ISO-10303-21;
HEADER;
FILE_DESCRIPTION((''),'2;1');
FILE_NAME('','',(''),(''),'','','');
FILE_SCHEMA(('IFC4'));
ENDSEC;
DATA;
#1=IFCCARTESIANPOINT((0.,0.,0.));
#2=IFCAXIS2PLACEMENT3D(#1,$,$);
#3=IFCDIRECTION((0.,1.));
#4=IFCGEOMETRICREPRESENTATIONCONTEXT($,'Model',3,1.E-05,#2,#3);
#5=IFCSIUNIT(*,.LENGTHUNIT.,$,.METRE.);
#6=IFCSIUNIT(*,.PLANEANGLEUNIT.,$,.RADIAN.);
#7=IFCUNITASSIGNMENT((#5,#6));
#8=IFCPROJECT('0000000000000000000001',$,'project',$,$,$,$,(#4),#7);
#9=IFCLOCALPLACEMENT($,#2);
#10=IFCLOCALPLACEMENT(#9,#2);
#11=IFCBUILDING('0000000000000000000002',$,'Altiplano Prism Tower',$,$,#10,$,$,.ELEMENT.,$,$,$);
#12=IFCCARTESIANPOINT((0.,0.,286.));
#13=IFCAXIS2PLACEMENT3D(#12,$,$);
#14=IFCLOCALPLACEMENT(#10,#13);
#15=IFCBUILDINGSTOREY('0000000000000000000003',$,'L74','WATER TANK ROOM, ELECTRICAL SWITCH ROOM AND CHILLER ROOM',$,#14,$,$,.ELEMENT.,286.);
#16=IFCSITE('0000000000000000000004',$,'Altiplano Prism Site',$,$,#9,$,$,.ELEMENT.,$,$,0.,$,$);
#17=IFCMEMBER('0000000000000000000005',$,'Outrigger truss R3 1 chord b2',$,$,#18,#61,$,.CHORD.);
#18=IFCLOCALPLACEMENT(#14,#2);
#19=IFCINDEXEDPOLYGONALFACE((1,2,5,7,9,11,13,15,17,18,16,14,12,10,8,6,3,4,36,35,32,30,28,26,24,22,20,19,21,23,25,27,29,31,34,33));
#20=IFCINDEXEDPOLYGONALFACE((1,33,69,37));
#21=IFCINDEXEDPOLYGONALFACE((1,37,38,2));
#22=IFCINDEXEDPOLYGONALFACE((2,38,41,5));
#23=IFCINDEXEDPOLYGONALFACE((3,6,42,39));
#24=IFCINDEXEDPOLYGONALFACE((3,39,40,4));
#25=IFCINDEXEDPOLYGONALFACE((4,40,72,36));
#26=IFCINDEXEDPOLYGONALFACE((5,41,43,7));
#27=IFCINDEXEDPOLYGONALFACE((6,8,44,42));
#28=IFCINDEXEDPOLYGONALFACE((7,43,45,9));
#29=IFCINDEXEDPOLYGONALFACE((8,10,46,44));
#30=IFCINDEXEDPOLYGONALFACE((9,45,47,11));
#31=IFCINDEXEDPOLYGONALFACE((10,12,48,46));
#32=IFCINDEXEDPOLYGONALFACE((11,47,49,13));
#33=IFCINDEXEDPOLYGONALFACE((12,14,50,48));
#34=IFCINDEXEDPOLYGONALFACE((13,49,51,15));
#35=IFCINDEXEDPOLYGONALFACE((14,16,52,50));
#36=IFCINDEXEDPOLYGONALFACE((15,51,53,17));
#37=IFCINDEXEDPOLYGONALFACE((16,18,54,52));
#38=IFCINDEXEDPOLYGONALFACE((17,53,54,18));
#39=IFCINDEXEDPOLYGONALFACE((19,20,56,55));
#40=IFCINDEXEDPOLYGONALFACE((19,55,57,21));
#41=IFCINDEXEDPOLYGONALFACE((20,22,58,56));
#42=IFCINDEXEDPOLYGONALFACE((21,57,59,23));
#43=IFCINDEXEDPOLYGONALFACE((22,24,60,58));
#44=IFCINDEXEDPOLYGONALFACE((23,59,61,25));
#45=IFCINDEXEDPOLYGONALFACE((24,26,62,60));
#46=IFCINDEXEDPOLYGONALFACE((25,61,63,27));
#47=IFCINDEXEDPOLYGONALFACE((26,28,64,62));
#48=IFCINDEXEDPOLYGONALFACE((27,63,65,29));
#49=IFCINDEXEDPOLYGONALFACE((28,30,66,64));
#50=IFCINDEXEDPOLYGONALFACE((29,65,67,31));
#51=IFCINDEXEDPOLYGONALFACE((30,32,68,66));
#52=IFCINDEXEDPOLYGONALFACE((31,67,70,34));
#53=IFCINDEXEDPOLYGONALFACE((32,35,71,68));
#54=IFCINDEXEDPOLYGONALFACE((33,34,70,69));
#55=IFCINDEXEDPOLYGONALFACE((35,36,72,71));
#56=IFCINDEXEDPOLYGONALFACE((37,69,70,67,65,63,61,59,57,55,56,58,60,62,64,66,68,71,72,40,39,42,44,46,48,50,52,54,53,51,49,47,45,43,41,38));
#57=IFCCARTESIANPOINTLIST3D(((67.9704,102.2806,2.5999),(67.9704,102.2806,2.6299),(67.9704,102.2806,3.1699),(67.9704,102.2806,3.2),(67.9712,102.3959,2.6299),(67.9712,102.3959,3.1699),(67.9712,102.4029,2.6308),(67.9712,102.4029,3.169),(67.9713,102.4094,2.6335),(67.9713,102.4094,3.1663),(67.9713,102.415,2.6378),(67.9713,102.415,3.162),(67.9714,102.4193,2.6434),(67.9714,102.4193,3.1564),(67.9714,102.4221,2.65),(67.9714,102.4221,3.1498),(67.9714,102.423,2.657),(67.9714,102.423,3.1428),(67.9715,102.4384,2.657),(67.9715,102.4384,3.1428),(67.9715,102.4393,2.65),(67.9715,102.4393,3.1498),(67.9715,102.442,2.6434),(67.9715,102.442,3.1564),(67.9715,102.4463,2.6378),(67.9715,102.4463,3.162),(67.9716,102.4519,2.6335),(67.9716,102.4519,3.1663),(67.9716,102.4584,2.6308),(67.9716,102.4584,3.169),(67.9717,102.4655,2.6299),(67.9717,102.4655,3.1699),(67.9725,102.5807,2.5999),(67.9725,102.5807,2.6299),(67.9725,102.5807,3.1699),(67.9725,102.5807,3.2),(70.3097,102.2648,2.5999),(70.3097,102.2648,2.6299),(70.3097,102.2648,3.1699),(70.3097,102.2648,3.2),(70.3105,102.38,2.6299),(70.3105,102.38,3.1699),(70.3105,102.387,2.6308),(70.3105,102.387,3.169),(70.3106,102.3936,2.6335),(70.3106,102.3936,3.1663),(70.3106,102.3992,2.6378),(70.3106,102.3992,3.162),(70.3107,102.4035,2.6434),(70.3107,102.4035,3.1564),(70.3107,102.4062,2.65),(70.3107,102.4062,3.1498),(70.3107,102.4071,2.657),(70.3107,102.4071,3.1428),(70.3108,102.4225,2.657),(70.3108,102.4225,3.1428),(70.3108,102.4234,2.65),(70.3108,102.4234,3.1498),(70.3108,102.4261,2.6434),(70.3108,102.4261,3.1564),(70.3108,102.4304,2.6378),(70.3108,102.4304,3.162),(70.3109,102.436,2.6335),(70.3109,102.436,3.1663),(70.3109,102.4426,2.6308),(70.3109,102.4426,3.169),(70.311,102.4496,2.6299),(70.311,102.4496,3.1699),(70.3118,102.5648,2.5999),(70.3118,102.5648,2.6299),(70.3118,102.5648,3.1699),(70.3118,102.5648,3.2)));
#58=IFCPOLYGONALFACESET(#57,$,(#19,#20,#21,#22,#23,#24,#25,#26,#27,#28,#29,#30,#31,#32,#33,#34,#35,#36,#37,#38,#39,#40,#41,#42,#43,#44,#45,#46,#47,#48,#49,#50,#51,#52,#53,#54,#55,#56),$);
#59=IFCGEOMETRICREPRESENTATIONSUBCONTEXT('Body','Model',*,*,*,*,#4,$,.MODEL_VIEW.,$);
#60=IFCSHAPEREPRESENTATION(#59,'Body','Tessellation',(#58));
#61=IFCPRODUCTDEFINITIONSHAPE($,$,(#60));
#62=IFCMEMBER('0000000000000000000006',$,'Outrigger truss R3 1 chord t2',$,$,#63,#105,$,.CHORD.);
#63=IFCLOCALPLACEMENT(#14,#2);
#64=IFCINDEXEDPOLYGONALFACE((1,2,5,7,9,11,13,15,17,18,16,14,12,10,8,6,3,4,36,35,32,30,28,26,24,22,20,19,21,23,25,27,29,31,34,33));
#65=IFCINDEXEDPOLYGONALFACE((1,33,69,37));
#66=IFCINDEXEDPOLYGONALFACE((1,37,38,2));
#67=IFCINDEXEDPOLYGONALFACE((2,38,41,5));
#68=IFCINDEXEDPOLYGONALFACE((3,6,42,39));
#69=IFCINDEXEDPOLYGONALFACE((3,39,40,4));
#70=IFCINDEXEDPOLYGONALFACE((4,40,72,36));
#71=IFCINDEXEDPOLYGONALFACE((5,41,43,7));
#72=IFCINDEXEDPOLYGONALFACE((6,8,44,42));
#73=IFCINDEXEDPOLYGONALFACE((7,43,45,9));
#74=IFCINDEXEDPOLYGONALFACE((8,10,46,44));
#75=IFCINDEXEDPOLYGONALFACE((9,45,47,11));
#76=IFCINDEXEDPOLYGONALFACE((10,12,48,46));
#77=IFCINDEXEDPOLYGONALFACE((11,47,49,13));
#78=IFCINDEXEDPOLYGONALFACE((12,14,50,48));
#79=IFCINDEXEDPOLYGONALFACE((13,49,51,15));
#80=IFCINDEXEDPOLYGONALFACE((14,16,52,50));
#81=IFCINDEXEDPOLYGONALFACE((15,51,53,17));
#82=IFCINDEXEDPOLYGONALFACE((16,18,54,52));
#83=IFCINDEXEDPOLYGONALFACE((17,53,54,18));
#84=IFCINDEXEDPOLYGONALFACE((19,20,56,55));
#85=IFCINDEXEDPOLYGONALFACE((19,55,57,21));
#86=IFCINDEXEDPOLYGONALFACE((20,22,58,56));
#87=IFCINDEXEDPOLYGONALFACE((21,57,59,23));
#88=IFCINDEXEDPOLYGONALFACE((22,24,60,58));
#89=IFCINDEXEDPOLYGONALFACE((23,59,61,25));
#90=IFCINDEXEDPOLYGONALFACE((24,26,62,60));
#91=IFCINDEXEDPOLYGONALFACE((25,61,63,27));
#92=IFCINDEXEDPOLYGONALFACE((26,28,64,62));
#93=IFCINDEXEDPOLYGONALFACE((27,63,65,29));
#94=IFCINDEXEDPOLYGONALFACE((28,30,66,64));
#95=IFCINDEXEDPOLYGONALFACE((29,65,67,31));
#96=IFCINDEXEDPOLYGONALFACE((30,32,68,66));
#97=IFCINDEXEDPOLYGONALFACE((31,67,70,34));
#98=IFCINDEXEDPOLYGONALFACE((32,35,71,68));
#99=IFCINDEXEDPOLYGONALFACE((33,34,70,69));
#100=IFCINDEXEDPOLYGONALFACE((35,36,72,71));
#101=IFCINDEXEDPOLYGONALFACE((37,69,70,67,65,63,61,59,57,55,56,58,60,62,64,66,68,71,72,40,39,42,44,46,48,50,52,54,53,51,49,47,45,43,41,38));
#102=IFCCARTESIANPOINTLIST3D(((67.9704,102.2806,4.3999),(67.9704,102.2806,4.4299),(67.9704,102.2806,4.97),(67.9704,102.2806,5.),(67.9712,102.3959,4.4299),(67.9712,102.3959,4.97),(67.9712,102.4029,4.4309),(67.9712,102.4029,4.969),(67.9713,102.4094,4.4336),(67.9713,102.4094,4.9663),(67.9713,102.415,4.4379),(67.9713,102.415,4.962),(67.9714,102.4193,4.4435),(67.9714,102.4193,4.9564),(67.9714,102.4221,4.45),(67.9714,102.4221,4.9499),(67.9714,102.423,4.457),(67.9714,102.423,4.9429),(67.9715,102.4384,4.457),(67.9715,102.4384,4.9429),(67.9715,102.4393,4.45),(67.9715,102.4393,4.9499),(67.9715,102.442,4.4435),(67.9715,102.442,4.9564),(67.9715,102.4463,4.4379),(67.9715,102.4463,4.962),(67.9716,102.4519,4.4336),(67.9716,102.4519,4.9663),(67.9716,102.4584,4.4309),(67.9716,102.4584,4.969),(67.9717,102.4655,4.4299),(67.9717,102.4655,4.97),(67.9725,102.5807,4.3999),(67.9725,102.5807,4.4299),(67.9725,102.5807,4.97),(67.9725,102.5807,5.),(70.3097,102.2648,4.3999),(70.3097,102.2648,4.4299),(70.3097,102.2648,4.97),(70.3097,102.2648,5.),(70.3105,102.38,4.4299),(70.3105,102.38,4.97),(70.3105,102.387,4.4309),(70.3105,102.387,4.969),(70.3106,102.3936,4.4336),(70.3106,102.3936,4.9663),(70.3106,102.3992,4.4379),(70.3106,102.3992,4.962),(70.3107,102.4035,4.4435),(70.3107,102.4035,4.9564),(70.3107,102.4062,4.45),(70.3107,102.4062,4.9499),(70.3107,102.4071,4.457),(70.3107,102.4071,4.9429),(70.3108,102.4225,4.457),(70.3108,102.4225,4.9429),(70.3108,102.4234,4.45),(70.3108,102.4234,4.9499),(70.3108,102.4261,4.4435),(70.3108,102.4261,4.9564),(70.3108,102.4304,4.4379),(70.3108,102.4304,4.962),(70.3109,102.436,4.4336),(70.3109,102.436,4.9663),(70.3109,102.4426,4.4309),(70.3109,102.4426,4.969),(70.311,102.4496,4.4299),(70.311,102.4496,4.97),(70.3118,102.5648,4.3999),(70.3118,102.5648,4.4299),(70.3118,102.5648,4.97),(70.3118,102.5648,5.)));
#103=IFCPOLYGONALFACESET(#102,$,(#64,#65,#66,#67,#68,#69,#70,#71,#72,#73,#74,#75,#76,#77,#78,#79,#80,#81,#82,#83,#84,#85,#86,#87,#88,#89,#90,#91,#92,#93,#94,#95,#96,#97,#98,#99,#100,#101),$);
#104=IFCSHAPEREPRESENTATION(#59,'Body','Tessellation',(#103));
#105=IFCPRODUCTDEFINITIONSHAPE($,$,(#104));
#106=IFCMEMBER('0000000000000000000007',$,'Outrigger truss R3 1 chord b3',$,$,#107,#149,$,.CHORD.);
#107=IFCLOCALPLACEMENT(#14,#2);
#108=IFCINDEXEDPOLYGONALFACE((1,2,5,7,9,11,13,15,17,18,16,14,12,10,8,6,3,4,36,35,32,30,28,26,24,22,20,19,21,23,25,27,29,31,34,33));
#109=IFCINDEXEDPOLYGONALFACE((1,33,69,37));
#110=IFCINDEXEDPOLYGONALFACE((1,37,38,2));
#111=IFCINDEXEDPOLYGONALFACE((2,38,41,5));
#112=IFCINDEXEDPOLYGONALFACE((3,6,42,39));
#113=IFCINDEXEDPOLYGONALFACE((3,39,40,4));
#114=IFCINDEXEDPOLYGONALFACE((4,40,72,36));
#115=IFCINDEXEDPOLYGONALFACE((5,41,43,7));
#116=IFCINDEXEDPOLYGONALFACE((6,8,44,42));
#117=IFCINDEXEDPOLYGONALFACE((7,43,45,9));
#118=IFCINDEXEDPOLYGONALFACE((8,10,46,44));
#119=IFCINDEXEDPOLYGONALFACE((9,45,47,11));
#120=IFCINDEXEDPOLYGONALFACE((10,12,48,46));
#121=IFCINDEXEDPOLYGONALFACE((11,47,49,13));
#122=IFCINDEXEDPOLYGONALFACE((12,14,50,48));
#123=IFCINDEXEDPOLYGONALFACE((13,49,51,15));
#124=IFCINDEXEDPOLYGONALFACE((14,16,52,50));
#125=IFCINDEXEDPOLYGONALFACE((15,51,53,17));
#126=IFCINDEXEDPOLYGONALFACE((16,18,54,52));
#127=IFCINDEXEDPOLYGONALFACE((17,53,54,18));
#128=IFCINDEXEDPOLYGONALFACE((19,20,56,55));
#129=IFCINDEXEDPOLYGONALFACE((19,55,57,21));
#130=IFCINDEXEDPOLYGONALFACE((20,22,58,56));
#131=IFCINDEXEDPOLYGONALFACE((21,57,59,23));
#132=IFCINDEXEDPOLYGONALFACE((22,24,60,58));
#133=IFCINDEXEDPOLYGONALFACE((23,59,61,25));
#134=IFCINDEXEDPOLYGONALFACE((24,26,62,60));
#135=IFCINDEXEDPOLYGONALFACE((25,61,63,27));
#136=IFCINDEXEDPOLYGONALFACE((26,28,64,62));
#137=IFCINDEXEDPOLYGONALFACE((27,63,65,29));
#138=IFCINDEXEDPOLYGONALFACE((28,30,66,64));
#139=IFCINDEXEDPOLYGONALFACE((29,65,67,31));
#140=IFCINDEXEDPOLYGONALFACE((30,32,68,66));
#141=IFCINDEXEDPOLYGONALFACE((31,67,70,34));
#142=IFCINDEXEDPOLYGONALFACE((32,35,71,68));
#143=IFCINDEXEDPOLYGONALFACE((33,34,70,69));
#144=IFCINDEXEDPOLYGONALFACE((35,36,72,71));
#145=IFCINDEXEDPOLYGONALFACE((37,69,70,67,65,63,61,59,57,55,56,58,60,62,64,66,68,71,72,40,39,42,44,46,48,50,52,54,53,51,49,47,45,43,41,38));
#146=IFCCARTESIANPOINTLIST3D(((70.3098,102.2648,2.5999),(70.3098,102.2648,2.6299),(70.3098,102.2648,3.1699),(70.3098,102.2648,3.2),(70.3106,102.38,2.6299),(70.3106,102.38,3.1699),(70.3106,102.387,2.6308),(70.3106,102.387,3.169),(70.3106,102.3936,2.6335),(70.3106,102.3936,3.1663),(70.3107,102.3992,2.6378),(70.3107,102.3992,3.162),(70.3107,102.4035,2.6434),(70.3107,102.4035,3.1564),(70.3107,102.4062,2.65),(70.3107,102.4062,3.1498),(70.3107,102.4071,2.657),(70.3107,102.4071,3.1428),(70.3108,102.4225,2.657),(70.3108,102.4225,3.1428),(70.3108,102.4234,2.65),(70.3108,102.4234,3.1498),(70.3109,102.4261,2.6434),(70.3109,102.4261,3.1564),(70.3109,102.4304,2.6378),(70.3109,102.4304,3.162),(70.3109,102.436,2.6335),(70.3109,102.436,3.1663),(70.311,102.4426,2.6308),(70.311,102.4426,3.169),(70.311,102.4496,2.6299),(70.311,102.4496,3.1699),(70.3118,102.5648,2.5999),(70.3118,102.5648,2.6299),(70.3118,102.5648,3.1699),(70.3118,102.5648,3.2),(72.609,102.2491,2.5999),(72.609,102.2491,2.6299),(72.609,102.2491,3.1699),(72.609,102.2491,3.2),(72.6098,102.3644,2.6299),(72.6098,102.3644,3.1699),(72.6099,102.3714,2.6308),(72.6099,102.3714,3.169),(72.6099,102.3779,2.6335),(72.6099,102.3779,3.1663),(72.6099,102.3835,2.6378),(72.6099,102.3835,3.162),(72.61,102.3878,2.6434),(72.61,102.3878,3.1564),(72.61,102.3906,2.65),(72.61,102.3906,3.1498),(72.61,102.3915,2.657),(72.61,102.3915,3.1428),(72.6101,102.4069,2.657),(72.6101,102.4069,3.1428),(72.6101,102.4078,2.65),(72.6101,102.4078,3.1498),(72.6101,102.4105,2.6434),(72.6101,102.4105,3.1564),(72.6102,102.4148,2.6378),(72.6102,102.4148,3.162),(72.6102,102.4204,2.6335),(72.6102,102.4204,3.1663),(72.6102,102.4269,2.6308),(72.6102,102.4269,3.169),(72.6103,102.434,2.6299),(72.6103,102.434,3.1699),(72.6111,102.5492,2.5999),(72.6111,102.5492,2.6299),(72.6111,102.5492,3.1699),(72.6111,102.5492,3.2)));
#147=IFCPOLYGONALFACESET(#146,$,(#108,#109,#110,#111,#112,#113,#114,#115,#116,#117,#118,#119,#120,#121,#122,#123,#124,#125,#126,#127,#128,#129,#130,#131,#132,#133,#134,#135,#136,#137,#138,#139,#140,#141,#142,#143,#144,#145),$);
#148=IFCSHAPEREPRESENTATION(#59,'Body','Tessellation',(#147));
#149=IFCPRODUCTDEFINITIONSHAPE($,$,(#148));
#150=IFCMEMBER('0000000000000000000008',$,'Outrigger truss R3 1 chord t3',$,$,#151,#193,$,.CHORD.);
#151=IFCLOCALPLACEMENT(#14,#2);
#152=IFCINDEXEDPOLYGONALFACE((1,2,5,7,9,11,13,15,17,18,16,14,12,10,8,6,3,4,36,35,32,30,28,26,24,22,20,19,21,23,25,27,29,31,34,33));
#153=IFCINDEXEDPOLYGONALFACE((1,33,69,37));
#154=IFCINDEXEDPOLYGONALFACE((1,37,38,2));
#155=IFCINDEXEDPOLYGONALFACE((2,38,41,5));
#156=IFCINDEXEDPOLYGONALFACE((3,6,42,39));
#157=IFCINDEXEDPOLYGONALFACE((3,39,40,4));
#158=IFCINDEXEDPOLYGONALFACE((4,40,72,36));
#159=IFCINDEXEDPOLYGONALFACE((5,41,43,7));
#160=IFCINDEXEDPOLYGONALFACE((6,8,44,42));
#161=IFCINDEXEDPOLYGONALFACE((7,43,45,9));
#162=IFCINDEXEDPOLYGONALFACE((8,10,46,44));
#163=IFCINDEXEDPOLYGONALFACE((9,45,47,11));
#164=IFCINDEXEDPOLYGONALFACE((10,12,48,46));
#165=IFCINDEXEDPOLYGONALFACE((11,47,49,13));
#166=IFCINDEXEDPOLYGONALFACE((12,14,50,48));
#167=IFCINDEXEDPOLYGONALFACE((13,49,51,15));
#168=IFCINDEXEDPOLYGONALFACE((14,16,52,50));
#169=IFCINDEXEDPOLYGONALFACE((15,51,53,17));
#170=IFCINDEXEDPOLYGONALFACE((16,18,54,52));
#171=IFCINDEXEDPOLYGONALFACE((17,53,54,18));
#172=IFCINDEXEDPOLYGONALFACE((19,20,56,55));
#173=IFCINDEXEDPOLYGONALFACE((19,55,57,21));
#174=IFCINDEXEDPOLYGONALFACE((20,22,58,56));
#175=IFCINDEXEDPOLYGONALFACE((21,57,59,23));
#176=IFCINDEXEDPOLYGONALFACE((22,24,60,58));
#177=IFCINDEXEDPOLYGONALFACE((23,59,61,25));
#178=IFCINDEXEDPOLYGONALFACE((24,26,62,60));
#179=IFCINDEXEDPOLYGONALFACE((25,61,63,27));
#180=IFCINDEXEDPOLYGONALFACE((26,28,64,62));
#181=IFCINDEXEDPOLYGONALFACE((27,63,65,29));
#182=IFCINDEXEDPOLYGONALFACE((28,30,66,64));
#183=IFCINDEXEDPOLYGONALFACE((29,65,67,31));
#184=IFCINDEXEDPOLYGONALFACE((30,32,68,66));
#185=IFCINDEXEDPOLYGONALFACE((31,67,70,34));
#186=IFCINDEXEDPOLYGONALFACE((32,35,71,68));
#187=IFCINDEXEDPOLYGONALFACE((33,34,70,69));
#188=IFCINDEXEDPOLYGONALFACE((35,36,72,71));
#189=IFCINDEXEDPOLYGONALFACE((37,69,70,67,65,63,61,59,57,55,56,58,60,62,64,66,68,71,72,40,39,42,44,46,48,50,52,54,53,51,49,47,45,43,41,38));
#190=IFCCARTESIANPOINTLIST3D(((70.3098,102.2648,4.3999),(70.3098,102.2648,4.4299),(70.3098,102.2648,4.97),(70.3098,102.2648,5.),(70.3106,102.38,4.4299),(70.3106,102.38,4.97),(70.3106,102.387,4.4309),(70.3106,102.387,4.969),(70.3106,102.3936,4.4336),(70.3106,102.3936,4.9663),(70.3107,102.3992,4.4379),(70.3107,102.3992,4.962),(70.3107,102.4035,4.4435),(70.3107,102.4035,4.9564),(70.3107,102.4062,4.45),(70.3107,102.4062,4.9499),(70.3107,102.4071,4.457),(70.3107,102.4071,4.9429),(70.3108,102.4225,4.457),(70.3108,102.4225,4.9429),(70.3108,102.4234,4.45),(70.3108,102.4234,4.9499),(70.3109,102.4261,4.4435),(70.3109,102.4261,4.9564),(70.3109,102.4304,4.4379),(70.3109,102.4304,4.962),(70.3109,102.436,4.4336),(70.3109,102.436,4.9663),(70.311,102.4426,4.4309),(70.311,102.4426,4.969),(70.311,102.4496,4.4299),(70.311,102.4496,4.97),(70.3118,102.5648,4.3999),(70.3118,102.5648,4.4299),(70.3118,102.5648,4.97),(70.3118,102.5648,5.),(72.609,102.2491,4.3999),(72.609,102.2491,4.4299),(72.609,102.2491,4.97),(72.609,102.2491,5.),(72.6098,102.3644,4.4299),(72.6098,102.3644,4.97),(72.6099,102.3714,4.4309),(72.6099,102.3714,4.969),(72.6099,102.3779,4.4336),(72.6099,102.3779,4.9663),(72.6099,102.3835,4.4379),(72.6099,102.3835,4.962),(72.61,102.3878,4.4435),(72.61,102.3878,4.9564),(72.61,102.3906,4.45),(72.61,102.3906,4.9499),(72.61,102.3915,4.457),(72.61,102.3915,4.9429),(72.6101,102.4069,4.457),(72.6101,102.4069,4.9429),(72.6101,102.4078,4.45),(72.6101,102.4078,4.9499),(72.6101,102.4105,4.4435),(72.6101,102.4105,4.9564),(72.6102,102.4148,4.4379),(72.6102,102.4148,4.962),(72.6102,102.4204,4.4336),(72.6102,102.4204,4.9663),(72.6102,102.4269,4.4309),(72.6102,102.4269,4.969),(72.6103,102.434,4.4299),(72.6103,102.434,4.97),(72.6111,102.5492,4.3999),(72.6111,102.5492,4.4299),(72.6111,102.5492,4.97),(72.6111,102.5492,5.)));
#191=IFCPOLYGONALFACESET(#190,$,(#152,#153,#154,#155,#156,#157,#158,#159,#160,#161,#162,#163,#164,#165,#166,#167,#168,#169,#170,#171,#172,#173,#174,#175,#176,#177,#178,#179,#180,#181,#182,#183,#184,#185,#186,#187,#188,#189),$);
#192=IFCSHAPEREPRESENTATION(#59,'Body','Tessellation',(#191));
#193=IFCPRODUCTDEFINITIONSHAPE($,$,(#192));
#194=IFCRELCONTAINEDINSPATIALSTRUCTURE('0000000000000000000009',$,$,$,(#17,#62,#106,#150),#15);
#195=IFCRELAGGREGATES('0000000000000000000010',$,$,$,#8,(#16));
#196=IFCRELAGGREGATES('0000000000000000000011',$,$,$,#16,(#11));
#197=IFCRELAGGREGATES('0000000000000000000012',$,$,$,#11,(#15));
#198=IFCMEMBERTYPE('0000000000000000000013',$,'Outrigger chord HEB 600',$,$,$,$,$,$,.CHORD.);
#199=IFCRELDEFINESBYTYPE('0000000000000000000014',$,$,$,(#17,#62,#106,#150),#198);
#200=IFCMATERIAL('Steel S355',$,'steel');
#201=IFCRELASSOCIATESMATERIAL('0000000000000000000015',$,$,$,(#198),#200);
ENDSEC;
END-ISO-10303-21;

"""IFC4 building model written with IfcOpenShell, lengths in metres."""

from ifc_helpers import new_model, si_unit, direction, frame, origin, origin_2d, place, context, subcontext, project, spatial, i_section, extrude, material, material_profile, profile_set, type_object, element, save


model = new_model("IFC4")

# Units and contexts
model_context = context("Model", 3, precision=1e-05, world=origin(), true_north=direction((0.0, 1.0)))
body_context = subcontext(model_context, "Body", "Model", "MODEL_VIEW")
ifc_project = project(units=[si_unit("LENGTHUNIT", "METRE"), si_unit("PLANEANGLEUNIT", "RADIAN")], contexts=[model_context])

# Site, building, storey
site_placement = place(None, origin())
site = spatial("IfcSite", under=ifc_project, at=site_placement, Name="Altiplano Prism Site", CompositionType="ELEMENT", RefElevation=0.0)
building_placement = place(site_placement, origin())
building = spatial("IfcBuilding", under=site, at=building_placement, Name="Altiplano Prism Tower", CompositionType="ELEMENT")
storey_placement = place(building_placement, frame((0.0, 0.0, 286.0)))
storey = spatial("IfcBuildingStorey", under=building, at=storey_placement, Name="L74", Description="WATER TANK ROOM, ELECTRICAL SWITCH ROOM AND CHILLER ROOM", CompositionType="ELEMENT", Elevation=286.0)

# Shared definitions
ifc_material_1 = material(Name="Steel S355", Category="steel")

# Members
ifc_material_profile_1 = material_profile(ifc_material_1, i_section(OverallWidth=0.3, OverallDepth=0.6001, WebThickness=0.0154, FlangeThickness=0.03, FilletRadius=0.0271, at=origin_2d()), Name="Outrigger chord HEB 600")
ifc_profile_set_1 = profile_set([ifc_material_profile_1], Name="Steel S355")
member_type_1 = type_object("IfcMemberType", Name="Outrigger chord HEB 600", PredefinedType="CHORD", material=ifc_profile_set_1)
for number, where, z_axis, x_axis, name in (
    (1, (67.9714, 102.4307, 2.8999), (0.999977, -0.006783, 0.0), (0.006783, 0.999977, 0.0), "Outrigger truss R3 1 chord b2"),
    (2, (67.9714, 102.4307, 4.7), (0.999977, -0.006783, 0.0), (0.006783, 0.999977, 0.0), "Outrigger truss R3 1 chord t2"),
):
    element("IfcMember", number, at=place(storey_placement, frame(where, z_axis=z_axis, x_axis=x_axis)), inside=storey, type_object=member_type_1, Name=name, PredefinedType="CHORD", context=body_context, shape_type="SweptSolid", body=[
        extrude(i_section(OverallWidth=0.3, OverallDepth=0.6001, WebThickness=0.0154, FlangeThickness=0.03, FilletRadius=0.0271, at=origin_2d()), origin(), (0.0, 0.0, 1.0), 2.3394),
    ])
for number, where, z_axis, x_axis, name in (
    (3, (70.3108, 102.4148, 2.8999), (0.999977, -0.006795, 0.0), (0.006795, 0.999977, 0.0), "Outrigger truss R3 1 chord b3"),
    (4, (70.3108, 102.4148, 4.7), (0.999977, -0.006795, 0.0), (0.006795, 0.999977, 0.0), "Outrigger truss R3 1 chord t3"),
):
    element("IfcMember", number, at=place(storey_placement, frame(where, z_axis=z_axis, x_axis=x_axis)), inside=storey, type_object=member_type_1, Name=name, PredefinedType="CHORD", context=body_context, shape_type="SweptSolid", body=[
        extrude(i_section(OverallWidth=0.3, OverallDepth=0.6001, WebThickness=0.0154, FlangeThickness=0.03, FilletRadius=0.0271, at=origin_2d()), origin(), (0.0, 0.0, 1.0), 2.2993),
    ])

save(model, "model.ifc")
